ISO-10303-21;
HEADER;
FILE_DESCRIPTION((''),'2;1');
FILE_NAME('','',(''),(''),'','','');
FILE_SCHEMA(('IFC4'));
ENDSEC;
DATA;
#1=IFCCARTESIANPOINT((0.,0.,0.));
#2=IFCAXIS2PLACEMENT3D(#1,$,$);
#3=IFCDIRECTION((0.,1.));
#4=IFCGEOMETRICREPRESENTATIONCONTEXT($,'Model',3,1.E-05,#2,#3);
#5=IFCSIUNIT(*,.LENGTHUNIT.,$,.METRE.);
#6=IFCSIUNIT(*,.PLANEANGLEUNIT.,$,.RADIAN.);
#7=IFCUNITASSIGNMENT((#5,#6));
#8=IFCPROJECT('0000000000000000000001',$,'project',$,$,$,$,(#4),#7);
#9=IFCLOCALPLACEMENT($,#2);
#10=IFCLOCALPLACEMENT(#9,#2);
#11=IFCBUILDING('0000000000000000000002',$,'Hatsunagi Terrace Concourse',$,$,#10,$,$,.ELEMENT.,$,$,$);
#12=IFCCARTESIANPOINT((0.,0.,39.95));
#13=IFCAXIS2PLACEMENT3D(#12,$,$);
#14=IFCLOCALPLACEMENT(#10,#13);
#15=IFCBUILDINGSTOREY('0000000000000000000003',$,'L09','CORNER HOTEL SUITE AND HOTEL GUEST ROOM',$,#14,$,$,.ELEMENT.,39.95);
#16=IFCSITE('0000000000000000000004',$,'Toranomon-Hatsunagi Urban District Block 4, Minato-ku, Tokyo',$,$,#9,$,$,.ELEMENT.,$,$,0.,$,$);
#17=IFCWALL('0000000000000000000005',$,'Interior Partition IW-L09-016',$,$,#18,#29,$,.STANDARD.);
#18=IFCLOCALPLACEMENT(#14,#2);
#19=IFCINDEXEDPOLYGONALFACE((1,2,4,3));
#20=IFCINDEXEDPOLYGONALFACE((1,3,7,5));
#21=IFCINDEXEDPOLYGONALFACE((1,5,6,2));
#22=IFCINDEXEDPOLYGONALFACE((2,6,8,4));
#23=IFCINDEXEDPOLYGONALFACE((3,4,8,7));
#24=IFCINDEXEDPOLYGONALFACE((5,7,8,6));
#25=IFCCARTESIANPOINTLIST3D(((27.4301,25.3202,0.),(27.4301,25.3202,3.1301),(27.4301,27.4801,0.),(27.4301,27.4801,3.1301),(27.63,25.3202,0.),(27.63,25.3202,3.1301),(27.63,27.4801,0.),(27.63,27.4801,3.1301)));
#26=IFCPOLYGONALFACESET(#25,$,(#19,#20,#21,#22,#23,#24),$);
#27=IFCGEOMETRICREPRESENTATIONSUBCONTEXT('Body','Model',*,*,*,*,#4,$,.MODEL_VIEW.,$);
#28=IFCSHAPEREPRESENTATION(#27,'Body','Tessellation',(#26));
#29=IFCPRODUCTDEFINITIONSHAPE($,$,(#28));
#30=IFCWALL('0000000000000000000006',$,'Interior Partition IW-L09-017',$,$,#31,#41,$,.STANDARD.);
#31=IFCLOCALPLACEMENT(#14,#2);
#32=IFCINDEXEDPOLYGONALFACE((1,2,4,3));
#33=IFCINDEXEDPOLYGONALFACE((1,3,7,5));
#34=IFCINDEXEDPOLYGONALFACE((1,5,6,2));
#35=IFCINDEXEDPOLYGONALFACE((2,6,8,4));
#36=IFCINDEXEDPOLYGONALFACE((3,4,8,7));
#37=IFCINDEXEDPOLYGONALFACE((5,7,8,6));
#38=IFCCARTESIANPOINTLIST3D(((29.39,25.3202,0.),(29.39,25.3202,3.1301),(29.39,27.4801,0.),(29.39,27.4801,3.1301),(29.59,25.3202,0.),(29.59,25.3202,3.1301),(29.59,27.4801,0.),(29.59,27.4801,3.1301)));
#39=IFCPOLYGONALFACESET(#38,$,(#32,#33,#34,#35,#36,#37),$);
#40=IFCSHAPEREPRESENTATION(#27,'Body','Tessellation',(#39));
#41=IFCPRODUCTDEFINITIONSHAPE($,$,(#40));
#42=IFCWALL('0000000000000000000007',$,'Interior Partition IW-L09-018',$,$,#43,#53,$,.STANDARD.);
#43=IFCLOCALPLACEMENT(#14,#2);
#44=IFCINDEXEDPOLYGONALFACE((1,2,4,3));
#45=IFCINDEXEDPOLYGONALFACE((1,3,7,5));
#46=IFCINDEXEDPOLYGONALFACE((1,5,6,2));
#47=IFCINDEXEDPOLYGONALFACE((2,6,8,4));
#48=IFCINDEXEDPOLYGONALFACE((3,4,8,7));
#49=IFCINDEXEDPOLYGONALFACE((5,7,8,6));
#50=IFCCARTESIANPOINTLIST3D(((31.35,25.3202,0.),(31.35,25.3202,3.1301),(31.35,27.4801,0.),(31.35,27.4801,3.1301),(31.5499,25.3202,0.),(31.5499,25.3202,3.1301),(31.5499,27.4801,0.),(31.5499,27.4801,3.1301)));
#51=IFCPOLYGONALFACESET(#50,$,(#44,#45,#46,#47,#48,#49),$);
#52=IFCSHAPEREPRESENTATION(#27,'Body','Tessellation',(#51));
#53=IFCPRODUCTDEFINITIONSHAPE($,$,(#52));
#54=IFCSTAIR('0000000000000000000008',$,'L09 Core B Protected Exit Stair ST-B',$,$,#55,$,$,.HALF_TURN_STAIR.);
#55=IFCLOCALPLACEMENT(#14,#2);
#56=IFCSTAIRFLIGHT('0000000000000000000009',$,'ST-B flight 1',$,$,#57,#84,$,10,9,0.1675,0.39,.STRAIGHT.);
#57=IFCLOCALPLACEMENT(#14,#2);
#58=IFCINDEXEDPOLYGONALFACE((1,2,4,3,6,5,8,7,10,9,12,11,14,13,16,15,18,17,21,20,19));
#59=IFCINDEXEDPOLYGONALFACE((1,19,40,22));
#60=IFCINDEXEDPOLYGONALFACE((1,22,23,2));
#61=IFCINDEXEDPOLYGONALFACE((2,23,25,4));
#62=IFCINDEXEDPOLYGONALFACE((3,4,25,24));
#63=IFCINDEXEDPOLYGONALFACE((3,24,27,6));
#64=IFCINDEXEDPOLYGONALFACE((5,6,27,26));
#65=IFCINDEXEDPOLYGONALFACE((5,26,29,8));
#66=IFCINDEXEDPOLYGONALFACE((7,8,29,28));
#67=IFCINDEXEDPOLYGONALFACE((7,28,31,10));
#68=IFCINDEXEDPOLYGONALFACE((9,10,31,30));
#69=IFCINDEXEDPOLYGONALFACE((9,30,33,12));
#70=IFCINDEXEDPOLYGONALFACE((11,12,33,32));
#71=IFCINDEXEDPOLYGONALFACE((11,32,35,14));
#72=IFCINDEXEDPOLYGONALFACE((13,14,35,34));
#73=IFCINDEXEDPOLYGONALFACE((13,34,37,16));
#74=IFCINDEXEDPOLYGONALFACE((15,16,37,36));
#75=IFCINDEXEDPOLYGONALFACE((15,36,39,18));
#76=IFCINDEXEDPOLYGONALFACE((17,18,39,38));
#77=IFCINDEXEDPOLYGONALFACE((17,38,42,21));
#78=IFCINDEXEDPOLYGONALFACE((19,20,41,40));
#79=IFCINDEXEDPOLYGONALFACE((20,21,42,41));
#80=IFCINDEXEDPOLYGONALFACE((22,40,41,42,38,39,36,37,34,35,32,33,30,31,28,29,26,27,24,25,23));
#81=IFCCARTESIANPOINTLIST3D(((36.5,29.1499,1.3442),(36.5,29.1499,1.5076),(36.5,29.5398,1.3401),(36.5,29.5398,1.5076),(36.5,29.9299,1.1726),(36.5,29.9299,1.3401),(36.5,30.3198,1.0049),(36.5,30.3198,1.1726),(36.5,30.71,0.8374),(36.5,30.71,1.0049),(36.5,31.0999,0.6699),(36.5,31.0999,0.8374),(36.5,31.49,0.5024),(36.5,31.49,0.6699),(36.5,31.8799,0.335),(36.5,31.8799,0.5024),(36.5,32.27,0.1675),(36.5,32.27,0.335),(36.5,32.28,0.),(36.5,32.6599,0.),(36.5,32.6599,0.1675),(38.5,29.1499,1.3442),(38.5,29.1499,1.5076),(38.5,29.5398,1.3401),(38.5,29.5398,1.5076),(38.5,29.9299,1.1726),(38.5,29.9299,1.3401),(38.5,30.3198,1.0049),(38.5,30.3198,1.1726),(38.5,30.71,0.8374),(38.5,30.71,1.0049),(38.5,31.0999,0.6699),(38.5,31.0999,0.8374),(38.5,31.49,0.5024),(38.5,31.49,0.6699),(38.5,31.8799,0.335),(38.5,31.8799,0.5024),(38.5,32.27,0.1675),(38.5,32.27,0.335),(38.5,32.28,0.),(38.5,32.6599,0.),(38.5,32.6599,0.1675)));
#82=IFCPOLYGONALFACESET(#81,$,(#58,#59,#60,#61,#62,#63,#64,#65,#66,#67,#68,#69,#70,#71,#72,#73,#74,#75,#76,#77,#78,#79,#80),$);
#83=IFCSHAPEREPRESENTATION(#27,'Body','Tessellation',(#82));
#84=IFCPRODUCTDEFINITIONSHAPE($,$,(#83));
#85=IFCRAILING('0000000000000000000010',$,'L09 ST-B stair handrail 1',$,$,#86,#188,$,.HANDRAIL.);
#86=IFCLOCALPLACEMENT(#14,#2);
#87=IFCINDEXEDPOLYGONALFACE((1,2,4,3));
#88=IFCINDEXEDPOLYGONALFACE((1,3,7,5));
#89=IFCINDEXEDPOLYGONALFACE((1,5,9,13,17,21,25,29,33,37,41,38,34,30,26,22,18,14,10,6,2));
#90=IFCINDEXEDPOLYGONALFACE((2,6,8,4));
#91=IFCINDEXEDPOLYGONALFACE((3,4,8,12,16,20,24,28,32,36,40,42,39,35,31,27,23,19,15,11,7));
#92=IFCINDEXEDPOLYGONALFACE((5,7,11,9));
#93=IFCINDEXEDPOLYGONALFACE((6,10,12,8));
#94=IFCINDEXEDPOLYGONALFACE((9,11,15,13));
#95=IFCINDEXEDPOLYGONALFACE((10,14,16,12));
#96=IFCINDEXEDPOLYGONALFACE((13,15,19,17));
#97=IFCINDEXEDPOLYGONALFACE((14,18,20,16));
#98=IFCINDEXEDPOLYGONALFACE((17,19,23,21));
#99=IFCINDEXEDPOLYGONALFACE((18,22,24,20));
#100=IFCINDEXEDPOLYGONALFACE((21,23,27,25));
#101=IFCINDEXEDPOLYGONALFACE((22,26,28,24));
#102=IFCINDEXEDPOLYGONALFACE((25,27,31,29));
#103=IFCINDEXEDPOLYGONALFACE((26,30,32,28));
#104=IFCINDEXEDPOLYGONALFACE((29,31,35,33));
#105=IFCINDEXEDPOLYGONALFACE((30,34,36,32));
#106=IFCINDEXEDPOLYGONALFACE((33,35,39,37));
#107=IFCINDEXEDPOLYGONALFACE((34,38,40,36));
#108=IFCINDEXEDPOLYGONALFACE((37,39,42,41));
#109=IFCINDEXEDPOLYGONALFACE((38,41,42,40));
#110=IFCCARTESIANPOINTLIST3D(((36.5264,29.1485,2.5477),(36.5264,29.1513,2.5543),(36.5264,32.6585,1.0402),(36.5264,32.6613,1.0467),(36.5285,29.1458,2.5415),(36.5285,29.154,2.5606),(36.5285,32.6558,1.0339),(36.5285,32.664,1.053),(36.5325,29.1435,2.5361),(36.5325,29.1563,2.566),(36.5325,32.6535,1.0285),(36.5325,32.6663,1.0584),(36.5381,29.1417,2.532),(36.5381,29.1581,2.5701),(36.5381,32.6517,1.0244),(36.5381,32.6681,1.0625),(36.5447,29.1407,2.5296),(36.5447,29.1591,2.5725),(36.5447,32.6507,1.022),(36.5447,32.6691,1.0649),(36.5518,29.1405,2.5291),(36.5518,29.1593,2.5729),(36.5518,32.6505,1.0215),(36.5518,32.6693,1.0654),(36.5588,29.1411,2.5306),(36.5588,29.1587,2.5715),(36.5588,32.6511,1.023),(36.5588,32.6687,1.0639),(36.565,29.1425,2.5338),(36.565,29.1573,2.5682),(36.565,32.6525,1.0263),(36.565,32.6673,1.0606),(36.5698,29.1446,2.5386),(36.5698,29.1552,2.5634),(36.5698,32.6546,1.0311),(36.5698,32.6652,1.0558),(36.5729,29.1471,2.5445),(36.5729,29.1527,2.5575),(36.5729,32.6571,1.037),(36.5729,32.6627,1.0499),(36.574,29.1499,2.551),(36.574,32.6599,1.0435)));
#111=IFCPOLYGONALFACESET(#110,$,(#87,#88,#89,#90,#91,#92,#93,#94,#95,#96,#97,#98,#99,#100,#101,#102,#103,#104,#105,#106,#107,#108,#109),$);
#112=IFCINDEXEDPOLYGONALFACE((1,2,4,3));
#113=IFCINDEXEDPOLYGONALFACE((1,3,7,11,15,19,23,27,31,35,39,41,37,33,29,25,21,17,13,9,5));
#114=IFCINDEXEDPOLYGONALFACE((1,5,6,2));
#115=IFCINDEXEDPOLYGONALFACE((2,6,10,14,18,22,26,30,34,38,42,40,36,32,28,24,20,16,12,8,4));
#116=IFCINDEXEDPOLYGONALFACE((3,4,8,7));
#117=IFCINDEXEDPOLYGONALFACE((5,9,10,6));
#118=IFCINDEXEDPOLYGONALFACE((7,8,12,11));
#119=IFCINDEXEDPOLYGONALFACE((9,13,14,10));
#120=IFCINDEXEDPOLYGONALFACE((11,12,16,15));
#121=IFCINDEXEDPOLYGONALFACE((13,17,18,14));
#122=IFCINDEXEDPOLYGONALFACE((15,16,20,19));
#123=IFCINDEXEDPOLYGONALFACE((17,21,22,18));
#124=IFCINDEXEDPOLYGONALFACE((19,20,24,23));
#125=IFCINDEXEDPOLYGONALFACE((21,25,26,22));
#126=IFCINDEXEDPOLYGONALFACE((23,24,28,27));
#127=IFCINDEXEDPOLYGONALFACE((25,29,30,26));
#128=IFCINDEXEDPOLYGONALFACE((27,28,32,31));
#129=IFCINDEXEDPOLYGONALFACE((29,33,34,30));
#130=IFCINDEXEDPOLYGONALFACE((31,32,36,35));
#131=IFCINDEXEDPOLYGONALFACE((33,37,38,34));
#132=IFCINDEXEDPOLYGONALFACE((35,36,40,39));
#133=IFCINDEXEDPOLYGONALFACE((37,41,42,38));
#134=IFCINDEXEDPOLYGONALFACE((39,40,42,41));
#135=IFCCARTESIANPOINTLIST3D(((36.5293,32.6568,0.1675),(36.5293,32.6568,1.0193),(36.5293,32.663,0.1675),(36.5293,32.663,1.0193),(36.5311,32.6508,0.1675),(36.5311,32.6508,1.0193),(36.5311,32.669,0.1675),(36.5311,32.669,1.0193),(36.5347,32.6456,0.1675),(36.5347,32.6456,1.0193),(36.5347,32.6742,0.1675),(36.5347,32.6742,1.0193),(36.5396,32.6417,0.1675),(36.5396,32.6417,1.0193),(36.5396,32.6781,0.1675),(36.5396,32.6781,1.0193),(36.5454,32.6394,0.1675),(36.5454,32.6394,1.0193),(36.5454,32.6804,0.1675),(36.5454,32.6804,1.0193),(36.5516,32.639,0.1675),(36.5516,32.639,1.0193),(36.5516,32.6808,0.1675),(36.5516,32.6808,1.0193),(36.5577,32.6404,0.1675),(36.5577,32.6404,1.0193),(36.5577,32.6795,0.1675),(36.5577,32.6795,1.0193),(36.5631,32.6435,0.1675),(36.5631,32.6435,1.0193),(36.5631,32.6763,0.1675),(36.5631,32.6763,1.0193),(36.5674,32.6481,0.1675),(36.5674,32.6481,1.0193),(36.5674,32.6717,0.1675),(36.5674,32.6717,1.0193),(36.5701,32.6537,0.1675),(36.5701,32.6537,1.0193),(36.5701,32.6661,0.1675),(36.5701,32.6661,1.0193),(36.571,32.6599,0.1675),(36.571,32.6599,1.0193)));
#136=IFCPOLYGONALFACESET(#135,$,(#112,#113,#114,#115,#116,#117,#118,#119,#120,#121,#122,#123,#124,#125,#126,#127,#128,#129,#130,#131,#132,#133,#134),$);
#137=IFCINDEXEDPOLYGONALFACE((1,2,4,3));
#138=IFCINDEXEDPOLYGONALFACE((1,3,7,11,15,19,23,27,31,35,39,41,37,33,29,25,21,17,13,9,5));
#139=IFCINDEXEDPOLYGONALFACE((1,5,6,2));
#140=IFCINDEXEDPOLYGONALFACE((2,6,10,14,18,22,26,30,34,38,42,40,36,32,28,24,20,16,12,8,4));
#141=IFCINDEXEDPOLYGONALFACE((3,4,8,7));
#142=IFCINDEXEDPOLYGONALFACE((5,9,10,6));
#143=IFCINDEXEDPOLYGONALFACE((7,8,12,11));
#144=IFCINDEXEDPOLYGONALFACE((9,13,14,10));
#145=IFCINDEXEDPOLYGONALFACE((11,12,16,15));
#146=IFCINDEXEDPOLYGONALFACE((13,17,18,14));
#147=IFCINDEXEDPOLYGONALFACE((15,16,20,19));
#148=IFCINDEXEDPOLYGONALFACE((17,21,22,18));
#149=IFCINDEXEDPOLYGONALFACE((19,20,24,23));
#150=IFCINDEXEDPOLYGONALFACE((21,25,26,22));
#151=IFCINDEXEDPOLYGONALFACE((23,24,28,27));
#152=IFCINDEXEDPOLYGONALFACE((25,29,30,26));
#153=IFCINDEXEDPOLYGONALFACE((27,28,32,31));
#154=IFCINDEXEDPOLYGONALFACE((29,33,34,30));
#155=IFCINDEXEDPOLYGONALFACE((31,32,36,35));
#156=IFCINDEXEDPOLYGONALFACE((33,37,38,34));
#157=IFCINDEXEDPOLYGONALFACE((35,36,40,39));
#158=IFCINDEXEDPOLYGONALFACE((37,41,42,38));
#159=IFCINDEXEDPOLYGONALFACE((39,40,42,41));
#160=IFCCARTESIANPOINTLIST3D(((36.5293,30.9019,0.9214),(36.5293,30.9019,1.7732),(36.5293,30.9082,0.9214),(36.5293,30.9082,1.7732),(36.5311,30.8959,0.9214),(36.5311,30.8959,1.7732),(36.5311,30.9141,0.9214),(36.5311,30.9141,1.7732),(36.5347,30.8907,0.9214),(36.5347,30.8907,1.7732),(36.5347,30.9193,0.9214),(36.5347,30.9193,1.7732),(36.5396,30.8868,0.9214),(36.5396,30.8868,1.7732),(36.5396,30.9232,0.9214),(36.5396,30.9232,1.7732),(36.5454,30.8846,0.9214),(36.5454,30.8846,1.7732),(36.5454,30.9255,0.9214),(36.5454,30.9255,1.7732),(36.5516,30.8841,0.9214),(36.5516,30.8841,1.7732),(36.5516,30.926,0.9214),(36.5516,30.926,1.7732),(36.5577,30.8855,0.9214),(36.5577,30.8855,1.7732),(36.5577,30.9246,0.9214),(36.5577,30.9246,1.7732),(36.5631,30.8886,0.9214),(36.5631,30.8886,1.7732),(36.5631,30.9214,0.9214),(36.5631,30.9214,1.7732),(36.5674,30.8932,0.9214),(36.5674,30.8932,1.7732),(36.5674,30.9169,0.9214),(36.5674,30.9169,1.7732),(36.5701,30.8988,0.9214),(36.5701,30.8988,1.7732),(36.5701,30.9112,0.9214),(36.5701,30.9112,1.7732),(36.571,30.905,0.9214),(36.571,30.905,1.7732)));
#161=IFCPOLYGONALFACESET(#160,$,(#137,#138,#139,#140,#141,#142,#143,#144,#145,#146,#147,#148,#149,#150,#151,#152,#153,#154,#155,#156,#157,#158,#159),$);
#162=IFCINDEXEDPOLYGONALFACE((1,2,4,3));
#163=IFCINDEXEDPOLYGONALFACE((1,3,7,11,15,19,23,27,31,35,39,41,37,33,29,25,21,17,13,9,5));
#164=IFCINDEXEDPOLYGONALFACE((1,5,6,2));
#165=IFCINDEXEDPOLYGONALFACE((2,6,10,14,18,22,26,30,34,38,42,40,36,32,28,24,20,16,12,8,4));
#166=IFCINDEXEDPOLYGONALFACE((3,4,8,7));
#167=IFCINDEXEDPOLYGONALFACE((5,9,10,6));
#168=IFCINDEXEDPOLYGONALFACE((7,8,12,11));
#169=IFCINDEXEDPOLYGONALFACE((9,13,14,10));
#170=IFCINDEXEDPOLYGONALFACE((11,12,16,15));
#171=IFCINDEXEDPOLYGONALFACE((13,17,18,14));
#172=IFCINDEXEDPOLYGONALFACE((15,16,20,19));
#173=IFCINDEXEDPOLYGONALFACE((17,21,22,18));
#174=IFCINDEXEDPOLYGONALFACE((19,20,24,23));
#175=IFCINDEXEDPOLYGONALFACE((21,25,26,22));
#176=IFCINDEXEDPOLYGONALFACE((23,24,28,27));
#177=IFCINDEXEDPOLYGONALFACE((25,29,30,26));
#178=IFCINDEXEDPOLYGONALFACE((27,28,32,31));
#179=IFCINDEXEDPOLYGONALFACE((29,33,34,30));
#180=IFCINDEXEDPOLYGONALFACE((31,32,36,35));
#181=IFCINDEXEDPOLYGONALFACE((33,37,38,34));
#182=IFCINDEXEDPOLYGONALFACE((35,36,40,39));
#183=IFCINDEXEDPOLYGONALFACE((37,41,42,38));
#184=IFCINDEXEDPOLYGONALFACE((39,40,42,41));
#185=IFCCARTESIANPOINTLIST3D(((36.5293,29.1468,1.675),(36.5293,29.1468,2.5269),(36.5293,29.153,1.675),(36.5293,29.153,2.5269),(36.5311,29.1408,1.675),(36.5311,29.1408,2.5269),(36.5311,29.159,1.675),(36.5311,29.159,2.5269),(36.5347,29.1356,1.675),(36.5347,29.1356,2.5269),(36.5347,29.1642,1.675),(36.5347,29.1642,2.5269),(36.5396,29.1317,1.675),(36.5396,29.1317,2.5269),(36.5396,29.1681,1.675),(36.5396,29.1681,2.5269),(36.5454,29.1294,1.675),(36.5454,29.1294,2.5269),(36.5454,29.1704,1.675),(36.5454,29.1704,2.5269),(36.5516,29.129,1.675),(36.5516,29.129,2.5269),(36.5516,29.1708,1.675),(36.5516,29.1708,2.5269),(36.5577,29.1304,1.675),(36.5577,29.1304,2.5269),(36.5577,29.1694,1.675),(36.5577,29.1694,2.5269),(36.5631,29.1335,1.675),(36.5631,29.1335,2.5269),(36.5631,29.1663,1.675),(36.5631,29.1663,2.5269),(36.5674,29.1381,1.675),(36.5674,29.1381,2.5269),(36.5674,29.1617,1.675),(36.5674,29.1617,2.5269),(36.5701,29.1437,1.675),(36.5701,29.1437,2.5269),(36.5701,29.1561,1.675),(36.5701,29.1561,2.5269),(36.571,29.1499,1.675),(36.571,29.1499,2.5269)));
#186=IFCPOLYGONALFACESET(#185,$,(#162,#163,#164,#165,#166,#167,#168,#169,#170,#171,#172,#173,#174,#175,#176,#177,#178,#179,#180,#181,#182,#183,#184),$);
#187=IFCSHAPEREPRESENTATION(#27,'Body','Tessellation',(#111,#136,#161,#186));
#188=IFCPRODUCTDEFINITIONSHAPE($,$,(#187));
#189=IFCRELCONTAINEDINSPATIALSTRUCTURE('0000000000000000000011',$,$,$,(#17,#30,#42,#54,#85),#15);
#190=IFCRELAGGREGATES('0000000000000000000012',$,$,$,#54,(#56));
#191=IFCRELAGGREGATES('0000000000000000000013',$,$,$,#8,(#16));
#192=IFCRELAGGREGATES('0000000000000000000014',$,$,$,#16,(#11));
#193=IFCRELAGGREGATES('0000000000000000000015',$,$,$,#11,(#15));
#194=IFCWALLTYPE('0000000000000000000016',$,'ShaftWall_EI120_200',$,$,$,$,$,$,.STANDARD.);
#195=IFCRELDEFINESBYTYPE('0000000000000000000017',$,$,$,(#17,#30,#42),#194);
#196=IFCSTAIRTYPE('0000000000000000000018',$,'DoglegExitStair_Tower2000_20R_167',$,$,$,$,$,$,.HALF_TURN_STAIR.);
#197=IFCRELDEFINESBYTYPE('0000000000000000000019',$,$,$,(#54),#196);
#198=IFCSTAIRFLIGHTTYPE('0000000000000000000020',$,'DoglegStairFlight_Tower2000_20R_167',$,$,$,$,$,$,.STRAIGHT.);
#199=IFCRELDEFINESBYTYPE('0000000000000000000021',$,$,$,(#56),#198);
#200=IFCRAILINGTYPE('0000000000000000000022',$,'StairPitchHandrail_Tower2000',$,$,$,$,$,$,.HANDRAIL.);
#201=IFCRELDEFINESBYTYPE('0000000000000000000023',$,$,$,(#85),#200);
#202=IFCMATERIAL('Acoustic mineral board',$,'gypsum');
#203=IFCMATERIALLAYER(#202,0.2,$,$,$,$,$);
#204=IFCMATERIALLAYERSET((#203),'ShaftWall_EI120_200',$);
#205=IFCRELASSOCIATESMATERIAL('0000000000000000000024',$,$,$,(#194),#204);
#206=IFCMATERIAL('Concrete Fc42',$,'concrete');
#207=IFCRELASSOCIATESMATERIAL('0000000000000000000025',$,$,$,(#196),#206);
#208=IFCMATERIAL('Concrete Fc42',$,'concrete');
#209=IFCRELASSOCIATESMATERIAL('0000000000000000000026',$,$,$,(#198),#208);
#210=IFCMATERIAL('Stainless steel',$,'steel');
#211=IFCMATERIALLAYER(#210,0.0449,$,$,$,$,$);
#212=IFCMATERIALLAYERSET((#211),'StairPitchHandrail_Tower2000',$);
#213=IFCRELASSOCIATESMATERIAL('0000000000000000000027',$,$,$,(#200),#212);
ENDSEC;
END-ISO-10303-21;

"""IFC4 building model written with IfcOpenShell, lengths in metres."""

from ifc_helpers import new_model, si_unit, direction, frame, frame_2d, origin, origin_2d, place, context, subcontext, project, spatial, polyline, rectangle, circle, outline, extrude, material, layer, layer_set, type_object, element, aggregate, save


model = new_model("IFC4")

# Units and contexts
model_context = context("Model", 3, precision=1e-05, world=origin(), true_north=direction((0.0, 1.0)))
body_context = subcontext(model_context, "Body", "Model", "MODEL_VIEW")
ifc_project = project(units=[si_unit("LENGTHUNIT", "METRE"), si_unit("PLANEANGLEUNIT", "RADIAN")], contexts=[model_context])

# Site, building, storey
site_placement = place(None, origin())
site = spatial("IfcSite", under=ifc_project, at=site_placement, Name="Toranomon-Hatsunagi Urban District Block 4, Minato-ku, Tokyo", CompositionType="ELEMENT", RefElevation=0.0)
building_placement = place(site_placement, origin())
building = spatial("IfcBuilding", under=site, at=building_placement, Name="Hatsunagi Terrace Concourse", CompositionType="ELEMENT")
storey_placement = place(building_placement, frame((0.0, 0.0, 39.95)))
storey = spatial("IfcBuildingStorey", under=building, at=storey_placement, Name="L09", Description="CORNER HOTEL SUITE AND HOTEL GUEST ROOM", CompositionType="ELEMENT", Elevation=39.95)

# Shared definitions
ifc_material_1 = material(Name="Acoustic mineral board", Category="gypsum")
ifc_layer_1 = layer(ifc_material_1, 0.2)
ifc_layer_set_1 = layer_set([ifc_layer_1], Name="ShaftWall_EI120_200")
wall_type_1 = type_object("IfcWallType", Name="ShaftWall_EI120_200", PredefinedType="STANDARD", material=ifc_layer_set_1)

# Walls
for number, where, z_axis, x_axis, name in (
    (1, (27.53, 25.3201, 0.0), (0.0, 0.0, 1.0), (0.0, 1.0, 0.0), "Interior Partition IW-L09-016"),
    (2, (29.49, 25.3201, 0.0), (0.0, 0.0, 1.0), (0.0, 1.0, 0.0), "Interior Partition IW-L09-017"),
    (3, (31.45, 25.3201, 0.0), (0.0, 0.0, 1.0), (0.0, 1.0, 0.0), "Interior Partition IW-L09-018"),
):
    element("IfcWall", number, at=place(storey_placement, frame(where, z_axis=z_axis, x_axis=x_axis)), inside=storey, type_object=wall_type_1, Name=name, PredefinedType="STANDARD", context=body_context, shape_type="SweptSolid", body=[
        extrude(rectangle(XDim=2.1599, YDim=0.2, at=frame_2d((1.0801, 0.0))), origin(), (0.0, 0.0, 1.0), 3.1301),
    ])

# Stair, stair flight
ifc_material_2 = material(Name="Concrete Fc42", Category="concrete")
stair_type = type_object("IfcStairType", Name="DoglegExitStair_Tower2000_20R_167", PredefinedType="HALF_TURN_STAIR", material=ifc_material_2)
stair_placement = place(storey_placement, origin())
stair = element("IfcStair", 4, at=stair_placement, inside=storey, type_object=stair_type, Name="L09 Core B Protected Exit Stair ST-B", PredefinedType="HALF_TURN_STAIR")
ifc_material_3 = material(Name="Concrete Fc42", Category="concrete")
stair_flight_type = type_object("IfcStairFlightType", Name="DoglegStairFlight_Tower2000_20R_167", PredefinedType="STRAIGHT", material=ifc_material_3)
stair_flight_placement = place(storey_placement, frame((37.5, 32.6599, 0.0), z_axis=(0.0, 0.0, 1.0), x_axis=(0.0, -1.0, 0.0)))
stair_flight = element("IfcStairFlight", 5, at=stair_flight_placement, type_object=stair_flight_type, Name="ST-B flight 1", NumberOfRisers=10, NumberOfTreads=9, PredefinedType="STRAIGHT", RiserHeight=0.1675, TreadLength=0.39, context=body_context, shape_type="SweptSolid", body=[
    extrude(outline(polyline([(0.0, 0.0), (0.0, 0.1675), (0.3899, 0.1675), (0.3899, 0.335), (0.78, 0.335), (0.78, 0.5024), (1.1699, 0.5024), (1.1699, 0.6699), (1.5601, 0.6699), (1.5601, 0.8374), (1.95, 0.8374), (1.95, 1.0049), (2.3401, 1.0049), (2.3401, 1.1726), (2.73, 1.1726), (2.73, 1.3401), (3.1201, 1.3401), (3.1201, 1.5076), (3.51, 1.5076), (3.51, 1.675), (3.51, 1.3442), (0.3799, 0.0), (0.0, 0.0)])), frame((0.0, 1.0, 0.0), z_axis=(0.0, -1.0, 0.0), x_axis=(1.0, 0.0, 0.0)), (0.0, 0.0, 1.0), 2.0),
])
aggregate(stair, [stair_flight])

# Railing
ifc_material_4 = material(Name="Stainless steel", Category="steel")
ifc_layer_2 = layer(ifc_material_4, 0.0449)
ifc_layer_set_2 = layer_set([ifc_layer_2], Name="StairPitchHandrail_Tower2000")
railing_type_1 = type_object("IfcRailingType", Name="StairPitchHandrail_Tower2000", PredefinedType="HANDRAIL", material=ifc_layer_set_2)
railing_1_placement = place(storey_placement, frame((36.55, 32.6599, 0.1675)))
element("IfcRailing", 6, at=railing_1_placement, inside=storey, type_object=railing_type_1, Name="L09 ST-B stair handrail 1", PredefinedType="HANDRAIL", context=body_context, shape_type="SweptSolid", body=[
    extrude(circle(Radius=0.0239, at=origin_2d()), frame((0.0, 0.0, 0.876), z_axis=(0.0, -0.918834, 0.394644), x_axis=(1.0, 0.0, 0.0)), (0.0, 0.0, 1.0), 3.8201),
    extrude(circle(Radius=0.021, at=origin_2d()), origin(), (0.0, 0.0, 1.0), 0.8518),
    extrude(circle(Radius=0.021, at=origin_2d()), frame((0.0, -1.7549, 0.7539)), (0.0, 0.0, 1.0), 0.8518),
    extrude(circle(Radius=0.021, at=origin_2d()), frame((0.0, -3.51, 1.5076)), (0.0, 0.0, 1.0), 0.8518),
])

save(model, "model.ifc")
